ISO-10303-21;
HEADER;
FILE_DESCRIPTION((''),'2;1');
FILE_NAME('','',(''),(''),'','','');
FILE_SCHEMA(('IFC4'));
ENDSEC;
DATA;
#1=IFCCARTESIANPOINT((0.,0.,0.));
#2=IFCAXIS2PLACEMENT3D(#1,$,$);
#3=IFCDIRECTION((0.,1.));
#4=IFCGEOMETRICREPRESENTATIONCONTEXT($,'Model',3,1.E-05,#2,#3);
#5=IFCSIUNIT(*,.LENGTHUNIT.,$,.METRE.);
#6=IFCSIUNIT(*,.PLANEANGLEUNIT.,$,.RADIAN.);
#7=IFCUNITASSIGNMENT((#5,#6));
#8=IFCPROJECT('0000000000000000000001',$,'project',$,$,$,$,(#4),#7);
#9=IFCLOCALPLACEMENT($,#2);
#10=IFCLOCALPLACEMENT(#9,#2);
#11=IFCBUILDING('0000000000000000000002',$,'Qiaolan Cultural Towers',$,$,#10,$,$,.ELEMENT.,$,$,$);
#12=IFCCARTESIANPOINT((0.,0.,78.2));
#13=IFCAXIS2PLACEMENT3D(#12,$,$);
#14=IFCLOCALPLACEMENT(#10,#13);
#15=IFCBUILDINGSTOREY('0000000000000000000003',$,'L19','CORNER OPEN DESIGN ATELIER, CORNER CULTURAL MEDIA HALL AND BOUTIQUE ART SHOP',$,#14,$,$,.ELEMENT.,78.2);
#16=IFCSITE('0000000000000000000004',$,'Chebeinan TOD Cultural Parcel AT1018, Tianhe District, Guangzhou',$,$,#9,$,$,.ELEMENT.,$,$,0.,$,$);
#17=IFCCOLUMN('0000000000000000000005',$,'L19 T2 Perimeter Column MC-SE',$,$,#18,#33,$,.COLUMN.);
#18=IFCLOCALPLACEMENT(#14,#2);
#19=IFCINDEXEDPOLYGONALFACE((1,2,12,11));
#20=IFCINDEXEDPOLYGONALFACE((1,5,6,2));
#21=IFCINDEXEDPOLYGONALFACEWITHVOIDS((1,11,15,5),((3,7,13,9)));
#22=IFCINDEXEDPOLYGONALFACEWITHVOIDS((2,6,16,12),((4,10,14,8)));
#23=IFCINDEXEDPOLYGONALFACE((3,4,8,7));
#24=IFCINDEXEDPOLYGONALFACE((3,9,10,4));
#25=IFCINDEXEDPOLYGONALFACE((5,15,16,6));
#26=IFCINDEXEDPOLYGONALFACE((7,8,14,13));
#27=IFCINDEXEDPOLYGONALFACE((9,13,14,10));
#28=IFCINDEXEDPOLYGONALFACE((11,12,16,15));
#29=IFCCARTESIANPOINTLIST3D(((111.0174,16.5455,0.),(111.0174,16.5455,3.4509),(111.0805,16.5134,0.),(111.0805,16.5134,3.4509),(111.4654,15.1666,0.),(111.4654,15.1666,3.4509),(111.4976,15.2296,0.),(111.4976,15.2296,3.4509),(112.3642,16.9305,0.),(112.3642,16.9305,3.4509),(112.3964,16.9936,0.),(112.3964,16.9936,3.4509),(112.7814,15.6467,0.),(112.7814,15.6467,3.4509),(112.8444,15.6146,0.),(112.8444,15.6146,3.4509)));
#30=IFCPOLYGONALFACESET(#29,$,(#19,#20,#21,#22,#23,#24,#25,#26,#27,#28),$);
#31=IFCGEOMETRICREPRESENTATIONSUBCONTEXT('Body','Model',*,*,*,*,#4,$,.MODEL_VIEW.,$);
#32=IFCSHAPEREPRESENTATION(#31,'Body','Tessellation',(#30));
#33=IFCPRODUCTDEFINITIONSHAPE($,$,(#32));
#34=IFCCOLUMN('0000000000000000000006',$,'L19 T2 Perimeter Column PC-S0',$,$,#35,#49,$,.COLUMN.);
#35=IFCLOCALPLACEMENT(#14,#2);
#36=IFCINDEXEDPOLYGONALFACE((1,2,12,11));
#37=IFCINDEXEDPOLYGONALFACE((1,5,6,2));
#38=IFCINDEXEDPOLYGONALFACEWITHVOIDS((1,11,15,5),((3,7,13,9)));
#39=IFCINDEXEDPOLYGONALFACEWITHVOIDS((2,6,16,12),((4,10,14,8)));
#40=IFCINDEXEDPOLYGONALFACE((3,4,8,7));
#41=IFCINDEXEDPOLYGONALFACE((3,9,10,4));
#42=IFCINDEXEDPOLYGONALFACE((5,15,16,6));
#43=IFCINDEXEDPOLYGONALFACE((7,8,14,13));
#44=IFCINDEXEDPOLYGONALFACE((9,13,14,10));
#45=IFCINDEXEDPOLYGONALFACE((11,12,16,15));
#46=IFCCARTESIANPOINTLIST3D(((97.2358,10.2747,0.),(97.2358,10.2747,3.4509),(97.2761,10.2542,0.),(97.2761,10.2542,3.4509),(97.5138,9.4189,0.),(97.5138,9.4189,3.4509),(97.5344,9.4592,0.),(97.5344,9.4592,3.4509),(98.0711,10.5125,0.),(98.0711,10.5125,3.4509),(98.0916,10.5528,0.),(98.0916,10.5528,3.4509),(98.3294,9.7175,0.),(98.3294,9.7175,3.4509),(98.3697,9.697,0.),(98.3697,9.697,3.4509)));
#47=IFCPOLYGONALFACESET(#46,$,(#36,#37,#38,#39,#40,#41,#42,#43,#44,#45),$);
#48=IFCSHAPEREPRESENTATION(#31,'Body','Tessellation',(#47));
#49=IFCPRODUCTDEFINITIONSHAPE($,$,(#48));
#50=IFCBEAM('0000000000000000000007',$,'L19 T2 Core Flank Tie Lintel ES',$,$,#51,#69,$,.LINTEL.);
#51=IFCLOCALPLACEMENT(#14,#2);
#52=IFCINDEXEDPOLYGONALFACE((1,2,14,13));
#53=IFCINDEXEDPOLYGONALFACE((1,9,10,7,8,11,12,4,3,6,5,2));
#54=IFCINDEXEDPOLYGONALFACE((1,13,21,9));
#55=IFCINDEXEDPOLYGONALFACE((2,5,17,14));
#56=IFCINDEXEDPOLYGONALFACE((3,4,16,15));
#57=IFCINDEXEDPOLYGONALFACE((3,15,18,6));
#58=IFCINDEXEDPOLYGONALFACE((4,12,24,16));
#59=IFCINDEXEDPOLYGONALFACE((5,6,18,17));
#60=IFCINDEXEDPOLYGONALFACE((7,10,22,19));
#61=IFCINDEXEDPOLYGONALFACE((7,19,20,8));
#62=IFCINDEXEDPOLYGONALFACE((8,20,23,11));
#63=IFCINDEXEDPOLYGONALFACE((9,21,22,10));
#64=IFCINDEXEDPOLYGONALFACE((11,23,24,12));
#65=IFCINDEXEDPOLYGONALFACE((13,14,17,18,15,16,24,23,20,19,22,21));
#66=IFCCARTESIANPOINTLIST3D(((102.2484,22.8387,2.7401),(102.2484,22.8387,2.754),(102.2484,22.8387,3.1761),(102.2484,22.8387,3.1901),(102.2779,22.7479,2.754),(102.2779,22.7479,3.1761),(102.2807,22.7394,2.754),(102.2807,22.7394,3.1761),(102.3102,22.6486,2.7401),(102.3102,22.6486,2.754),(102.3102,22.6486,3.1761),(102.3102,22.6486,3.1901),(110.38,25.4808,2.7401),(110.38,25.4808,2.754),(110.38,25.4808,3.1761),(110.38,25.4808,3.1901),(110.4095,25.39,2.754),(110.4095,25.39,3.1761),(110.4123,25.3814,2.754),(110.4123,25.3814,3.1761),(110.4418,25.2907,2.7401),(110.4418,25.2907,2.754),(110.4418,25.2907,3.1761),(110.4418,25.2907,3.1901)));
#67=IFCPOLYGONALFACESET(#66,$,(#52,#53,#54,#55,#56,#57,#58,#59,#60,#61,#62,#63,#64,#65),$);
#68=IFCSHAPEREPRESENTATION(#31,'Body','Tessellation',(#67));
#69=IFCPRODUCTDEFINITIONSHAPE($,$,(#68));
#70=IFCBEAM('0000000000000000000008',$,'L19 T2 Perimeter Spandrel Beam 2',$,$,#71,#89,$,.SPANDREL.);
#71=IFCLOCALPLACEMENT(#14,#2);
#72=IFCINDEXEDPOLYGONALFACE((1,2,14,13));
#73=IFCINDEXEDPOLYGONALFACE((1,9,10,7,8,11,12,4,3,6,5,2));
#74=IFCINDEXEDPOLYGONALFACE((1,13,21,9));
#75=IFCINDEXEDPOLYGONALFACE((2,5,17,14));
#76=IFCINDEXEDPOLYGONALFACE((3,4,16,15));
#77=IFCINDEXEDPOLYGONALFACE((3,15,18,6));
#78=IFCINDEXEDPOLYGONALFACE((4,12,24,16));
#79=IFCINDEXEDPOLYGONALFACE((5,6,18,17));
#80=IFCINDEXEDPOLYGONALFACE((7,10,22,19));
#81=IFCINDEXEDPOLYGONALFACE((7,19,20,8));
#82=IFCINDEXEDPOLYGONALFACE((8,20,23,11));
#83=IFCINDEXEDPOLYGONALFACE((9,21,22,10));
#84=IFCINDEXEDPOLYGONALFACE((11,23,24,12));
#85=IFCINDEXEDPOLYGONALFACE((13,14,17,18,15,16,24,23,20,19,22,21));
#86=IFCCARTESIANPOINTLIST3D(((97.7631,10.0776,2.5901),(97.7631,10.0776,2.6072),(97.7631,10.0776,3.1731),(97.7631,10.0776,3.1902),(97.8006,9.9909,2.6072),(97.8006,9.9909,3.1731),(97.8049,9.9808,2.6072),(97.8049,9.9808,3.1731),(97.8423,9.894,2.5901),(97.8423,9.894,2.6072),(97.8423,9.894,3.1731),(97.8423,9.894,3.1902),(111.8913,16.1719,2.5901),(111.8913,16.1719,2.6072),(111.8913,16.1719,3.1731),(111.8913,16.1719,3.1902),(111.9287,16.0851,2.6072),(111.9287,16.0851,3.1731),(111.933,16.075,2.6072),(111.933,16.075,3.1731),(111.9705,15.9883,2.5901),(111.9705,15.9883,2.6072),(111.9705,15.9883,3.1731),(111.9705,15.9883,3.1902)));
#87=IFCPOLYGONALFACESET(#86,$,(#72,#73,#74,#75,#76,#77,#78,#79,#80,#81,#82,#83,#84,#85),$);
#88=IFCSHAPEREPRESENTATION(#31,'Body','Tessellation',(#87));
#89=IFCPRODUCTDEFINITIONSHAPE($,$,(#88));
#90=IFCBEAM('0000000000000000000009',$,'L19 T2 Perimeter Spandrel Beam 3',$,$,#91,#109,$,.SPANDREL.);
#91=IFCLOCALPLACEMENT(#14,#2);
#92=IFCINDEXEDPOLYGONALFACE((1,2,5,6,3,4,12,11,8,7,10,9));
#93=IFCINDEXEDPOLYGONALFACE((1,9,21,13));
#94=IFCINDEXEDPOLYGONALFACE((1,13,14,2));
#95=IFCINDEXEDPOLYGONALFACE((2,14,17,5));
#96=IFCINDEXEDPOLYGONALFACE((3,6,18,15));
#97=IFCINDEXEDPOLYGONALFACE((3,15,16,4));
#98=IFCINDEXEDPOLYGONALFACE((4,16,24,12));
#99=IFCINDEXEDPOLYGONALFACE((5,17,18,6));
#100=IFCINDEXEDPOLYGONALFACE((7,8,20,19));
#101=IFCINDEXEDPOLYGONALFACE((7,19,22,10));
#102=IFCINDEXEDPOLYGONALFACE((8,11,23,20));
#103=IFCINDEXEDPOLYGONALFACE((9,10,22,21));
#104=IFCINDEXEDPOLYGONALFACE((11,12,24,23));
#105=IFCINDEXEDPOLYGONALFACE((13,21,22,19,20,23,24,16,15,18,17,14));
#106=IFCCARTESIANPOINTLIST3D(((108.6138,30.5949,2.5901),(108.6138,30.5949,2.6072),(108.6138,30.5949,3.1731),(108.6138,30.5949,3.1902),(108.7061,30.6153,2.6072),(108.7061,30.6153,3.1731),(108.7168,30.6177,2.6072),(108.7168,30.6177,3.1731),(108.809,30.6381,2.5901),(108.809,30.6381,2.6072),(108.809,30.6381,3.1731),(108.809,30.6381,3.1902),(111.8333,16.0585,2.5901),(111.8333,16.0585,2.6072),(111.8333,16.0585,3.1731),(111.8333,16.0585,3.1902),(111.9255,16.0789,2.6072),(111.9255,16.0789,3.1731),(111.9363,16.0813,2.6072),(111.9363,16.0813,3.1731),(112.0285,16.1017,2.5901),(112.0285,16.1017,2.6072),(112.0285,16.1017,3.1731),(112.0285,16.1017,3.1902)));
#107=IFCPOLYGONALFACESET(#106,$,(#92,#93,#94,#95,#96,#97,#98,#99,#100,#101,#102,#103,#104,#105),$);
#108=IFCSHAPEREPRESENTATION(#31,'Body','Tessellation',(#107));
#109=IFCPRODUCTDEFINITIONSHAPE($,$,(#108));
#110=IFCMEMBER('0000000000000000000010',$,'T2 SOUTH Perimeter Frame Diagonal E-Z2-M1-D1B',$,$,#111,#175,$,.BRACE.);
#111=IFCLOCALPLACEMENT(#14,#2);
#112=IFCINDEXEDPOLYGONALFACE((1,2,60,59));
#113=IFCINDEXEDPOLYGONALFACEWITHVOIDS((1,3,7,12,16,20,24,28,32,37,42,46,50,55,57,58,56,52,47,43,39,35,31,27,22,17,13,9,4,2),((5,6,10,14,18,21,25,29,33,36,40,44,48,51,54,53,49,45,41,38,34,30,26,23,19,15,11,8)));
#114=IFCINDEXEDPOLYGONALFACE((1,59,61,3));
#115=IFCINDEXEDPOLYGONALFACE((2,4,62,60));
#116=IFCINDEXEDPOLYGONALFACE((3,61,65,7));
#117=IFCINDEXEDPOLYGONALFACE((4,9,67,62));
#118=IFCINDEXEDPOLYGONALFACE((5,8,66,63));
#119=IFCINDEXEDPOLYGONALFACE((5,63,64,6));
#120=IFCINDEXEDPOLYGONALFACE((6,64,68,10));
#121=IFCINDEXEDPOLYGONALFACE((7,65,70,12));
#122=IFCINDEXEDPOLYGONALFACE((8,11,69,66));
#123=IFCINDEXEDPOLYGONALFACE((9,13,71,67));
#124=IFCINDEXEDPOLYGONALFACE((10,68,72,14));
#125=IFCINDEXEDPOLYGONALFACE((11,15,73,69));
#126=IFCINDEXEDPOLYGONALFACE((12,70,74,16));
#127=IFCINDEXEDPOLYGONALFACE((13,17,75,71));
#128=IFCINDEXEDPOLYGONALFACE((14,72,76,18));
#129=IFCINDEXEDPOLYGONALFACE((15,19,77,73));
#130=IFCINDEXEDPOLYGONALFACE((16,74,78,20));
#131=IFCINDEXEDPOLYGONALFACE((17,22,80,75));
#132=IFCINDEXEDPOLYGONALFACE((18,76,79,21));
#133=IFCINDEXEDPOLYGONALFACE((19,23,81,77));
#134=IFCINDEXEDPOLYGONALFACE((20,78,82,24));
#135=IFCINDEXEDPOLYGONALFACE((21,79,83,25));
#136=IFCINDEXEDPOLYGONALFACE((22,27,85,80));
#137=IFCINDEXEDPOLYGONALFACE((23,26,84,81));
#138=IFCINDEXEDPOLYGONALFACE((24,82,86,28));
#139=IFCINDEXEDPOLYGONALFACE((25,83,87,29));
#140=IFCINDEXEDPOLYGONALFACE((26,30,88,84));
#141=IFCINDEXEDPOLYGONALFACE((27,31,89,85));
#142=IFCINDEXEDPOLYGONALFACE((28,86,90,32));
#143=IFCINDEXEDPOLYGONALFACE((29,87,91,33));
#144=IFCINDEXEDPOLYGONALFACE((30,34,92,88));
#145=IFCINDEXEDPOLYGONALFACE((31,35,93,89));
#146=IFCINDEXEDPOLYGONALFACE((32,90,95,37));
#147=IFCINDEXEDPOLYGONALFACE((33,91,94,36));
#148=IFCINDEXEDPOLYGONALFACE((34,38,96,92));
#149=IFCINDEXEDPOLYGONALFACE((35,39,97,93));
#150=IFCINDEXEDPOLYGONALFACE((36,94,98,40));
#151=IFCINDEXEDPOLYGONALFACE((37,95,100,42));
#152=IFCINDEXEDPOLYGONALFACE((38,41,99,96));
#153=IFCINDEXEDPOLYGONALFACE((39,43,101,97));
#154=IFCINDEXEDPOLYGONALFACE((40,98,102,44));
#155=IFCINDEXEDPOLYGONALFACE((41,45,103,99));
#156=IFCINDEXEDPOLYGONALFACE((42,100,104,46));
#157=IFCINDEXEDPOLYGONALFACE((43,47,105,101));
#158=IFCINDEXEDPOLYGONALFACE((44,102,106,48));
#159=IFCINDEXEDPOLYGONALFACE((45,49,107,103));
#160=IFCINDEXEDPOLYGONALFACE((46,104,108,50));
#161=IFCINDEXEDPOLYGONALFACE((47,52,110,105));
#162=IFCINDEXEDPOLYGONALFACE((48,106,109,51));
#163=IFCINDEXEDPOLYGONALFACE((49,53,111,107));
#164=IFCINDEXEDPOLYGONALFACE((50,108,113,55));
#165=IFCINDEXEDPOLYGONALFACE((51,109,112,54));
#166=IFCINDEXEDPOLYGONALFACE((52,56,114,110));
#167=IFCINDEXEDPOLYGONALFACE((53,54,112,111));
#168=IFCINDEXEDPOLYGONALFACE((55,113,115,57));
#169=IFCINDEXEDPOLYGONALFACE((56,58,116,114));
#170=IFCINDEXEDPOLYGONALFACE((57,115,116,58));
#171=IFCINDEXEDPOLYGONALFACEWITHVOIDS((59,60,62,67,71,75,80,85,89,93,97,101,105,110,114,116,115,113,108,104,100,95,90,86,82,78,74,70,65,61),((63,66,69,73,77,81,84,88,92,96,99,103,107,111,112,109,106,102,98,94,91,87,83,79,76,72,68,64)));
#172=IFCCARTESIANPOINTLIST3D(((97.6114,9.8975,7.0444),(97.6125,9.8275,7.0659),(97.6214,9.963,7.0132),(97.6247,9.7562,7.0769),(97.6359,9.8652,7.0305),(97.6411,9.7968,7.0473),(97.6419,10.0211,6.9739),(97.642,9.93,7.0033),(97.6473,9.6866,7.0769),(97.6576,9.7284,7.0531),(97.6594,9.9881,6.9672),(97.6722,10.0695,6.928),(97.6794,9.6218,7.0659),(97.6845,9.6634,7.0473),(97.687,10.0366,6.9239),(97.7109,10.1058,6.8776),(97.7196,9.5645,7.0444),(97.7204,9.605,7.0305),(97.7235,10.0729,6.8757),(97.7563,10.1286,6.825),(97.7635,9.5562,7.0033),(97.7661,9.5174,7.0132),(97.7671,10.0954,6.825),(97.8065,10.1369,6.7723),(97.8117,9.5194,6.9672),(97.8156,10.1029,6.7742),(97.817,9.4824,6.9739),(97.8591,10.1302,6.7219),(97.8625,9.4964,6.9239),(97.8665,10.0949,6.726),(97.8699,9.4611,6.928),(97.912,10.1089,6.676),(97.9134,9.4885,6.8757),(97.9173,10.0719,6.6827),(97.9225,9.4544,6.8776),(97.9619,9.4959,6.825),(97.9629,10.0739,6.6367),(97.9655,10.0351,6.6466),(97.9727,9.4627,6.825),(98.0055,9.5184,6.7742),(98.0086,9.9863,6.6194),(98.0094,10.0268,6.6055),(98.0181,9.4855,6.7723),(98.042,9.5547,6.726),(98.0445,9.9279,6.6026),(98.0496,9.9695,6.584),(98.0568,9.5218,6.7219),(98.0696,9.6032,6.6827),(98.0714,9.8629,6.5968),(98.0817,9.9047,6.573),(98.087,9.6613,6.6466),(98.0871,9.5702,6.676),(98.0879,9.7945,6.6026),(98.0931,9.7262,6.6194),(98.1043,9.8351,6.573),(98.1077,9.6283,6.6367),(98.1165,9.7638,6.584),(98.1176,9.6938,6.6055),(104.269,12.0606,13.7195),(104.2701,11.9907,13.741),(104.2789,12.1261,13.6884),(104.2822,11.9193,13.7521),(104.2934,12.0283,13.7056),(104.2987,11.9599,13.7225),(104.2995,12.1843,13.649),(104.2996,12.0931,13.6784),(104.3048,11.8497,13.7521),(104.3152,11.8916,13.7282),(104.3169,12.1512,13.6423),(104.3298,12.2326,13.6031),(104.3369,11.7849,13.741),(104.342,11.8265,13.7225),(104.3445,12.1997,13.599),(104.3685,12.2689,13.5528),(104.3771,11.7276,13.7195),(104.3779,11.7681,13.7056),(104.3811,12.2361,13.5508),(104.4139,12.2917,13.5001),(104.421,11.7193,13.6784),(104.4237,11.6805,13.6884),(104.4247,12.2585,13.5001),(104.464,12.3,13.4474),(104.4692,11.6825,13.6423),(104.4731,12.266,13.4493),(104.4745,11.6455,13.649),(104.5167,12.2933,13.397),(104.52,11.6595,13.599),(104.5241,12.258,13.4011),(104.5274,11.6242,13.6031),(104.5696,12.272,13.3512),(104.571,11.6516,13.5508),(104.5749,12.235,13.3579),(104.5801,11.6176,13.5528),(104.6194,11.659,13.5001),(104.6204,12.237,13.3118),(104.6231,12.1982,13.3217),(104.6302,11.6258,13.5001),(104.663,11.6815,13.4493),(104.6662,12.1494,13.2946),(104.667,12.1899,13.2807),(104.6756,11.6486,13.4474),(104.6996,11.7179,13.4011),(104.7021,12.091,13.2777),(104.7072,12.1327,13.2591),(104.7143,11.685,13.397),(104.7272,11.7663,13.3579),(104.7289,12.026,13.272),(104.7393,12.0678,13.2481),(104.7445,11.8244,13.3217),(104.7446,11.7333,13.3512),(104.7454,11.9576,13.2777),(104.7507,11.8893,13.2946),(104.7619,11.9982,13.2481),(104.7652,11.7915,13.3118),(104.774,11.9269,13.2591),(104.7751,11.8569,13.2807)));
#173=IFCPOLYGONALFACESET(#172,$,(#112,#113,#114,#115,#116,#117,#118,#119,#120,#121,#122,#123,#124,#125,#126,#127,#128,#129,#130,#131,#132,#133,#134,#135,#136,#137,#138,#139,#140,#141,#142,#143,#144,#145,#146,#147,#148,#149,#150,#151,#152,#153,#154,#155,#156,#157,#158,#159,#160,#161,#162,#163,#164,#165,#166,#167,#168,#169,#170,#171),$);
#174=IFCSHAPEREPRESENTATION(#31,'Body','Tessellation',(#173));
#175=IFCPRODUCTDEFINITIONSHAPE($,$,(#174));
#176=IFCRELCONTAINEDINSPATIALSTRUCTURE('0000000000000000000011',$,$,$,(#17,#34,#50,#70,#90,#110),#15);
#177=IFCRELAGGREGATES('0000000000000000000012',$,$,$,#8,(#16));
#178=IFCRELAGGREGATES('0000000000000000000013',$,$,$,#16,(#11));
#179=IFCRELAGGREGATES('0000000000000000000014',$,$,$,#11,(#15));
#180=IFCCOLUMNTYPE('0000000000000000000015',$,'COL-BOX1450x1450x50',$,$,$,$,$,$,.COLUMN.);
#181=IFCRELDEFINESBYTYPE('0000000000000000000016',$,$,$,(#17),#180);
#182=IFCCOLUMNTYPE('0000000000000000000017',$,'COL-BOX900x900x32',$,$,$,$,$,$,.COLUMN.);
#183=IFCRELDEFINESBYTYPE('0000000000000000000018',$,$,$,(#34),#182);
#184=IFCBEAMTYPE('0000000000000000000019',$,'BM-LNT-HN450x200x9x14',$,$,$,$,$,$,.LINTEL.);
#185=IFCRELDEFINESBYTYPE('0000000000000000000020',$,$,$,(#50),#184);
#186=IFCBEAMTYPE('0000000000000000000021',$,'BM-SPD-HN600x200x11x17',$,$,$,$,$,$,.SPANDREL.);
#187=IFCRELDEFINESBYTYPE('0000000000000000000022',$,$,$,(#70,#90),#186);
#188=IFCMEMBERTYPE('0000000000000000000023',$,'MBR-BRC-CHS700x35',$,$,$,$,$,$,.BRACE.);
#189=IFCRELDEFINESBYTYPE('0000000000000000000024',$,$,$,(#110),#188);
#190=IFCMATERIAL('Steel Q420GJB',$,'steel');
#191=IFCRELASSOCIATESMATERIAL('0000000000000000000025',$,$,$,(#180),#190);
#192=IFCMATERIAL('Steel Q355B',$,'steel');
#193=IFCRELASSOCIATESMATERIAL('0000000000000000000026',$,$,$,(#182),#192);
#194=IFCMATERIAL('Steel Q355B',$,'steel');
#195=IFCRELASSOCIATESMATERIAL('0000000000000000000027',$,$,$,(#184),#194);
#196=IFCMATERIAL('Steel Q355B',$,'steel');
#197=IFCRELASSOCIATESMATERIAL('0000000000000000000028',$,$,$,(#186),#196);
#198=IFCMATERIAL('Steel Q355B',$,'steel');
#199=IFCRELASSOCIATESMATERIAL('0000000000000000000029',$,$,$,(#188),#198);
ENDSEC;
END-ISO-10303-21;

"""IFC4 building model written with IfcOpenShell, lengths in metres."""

from ifc_helpers import new_model, si_unit, direction, frame, origin, origin_2d, place, context, subcontext, project, spatial, hollow_rectangle, hollow_circle, i_section, extrude, material, material_profile, profile_set, type_object, element, save


model = new_model("IFC4")

# Units and contexts
model_context = context("Model", 3, precision=1e-05, world=origin(), true_north=direction((0.0, 1.0)))
body_context = subcontext(model_context, "Body", "Model", "MODEL_VIEW")
ifc_project = project(units=[si_unit("LENGTHUNIT", "METRE"), si_unit("PLANEANGLEUNIT", "RADIAN")], contexts=[model_context])

# Site, building, storey
site_placement = place(None, origin())
site = spatial("IfcSite", under=ifc_project, at=site_placement, Name="Chebeinan TOD Cultural Parcel AT1018, Tianhe District, Guangzhou", CompositionType="ELEMENT", RefElevation=0.0)
building_placement = place(site_placement, origin())
building = spatial("IfcBuilding", under=site, at=building_placement, Name="Qiaolan Cultural Towers", CompositionType="ELEMENT")
storey_placement = place(building_placement, frame((0.0, 0.0, 78.2)))
storey = spatial("IfcBuildingStorey", under=building, at=storey_placement, Name="L19", Description="CORNER OPEN DESIGN ATELIER, CORNER CULTURAL MEDIA HALL AND BOUTIQUE ART SHOP", CompositionType="ELEMENT", Elevation=78.2)

# Columns
ifc_material_1 = material(Name="Steel Q420GJB", Category="steel")
ifc_material_profile_1 = material_profile(ifc_material_1, hollow_rectangle(XDim=1.45, YDim=1.45, WallThickness=0.05, at=origin_2d()), Name="BOX1450x1450x50")
ifc_profile_set_1 = profile_set([ifc_material_profile_1], Name="Steel Q420GJB")
column_type_1 = type_object("IfcColumnType", Name="COL-BOX1450x1450x50", PredefinedType="COLUMN", material=ifc_profile_set_1)
column_1_placement = place(storey_placement, frame((111.9309, 16.0801, 0.0), z_axis=(0.0, 0.0, 1.0), x_axis=(0.951057, 0.309017, 0.0)))
element("IfcColumn", 1, at=column_1_placement, inside=storey, type_object=column_type_1, Name="L19 T2 Perimeter Column MC-SE", PredefinedType="COLUMN", context=body_context, shape_type="SweptSolid", body=[
    extrude(hollow_rectangle(XDim=1.45, YDim=1.45, WallThickness=0.05, at=origin_2d()), origin(), (0.0, 0.0, 1.0), 3.4509),
])
ifc_material_2 = material(Name="Steel Q355B", Category="steel")
ifc_material_profile_2 = material_profile(ifc_material_2, hollow_rectangle(XDim=0.8999, YDim=0.8999, WallThickness=0.032, at=origin_2d()), Name="BOX900x900x32")
ifc_profile_set_2 = profile_set([ifc_material_profile_2], Name="Steel Q355B")
column_type_2 = type_object("IfcColumnType", Name="COL-BOX900x900x32", PredefinedType="COLUMN", material=ifc_profile_set_2)
column_2_placement = place(storey_placement, frame((97.8027, 9.9858, 0.0), z_axis=(0.0, 0.0, 1.0), x_axis=(0.951057, 0.309017, 0.0)))
element("IfcColumn", 2, at=column_2_placement, inside=storey, type_object=column_type_2, Name="L19 T2 Perimeter Column PC-S0", PredefinedType="COLUMN", context=body_context, shape_type="SweptSolid", body=[
    extrude(hollow_rectangle(XDim=0.8999, YDim=0.8999, WallThickness=0.032, at=origin_2d()), origin(), (0.0, 0.0, 1.0), 3.4509),
])

# Beams
ifc_material_3 = material(Name="Steel Q355B", Category="steel")
ifc_material_profile_3 = material_profile(ifc_material_3, i_section(OverallWidth=0.2, OverallDepth=0.45, WebThickness=0.009, FlangeThickness=0.0139, at=origin_2d()), Name="HN450x200x9x14")
ifc_profile_set_3 = profile_set([ifc_material_profile_3], Name="Steel Q355B")
beam_type_1 = type_object("IfcBeamType", Name="BM-LNT-HN450x200x9x14", PredefinedType="LINTEL", material=ifc_profile_set_3)
beam_1_placement = place(storey_placement, frame((102.2793, 22.7437, 2.9651), z_axis=(0.951057, 0.309014, 0.0), x_axis=(-0.309014, 0.951057, 0.0)))
element("IfcBeam", 3, at=beam_1_placement, inside=storey, type_object=beam_type_1, Name="L19 T2 Core Flank Tie Lintel ES", PredefinedType="LINTEL", context=body_context, shape_type="SweptSolid", body=[
    extrude(i_section(OverallWidth=0.2, OverallDepth=0.45, WebThickness=0.009, FlangeThickness=0.0139, at=origin_2d()), origin(), (0.0, 0.0, 1.0), 8.55),
])
ifc_material_4 = material(Name="Steel Q355B", Category="steel")
ifc_material_profile_4 = material_profile(ifc_material_4, i_section(OverallWidth=0.2, OverallDepth=0.6001, WebThickness=0.011, FlangeThickness=0.0171, at=origin_2d()), Name="HN600x200x11x17")
ifc_profile_set_4 = profile_set([ifc_material_profile_4], Name="Steel Q355B")
beam_type_2 = type_object("IfcBeamType", Name="BM-SPD-HN600x200x11x17", PredefinedType="SPANDREL", material=ifc_profile_set_4)
beam_2_placement = place(storey_placement, frame((97.8027, 9.9858, 2.8901), z_axis=(0.918218, 0.396076, 0.0), x_axis=(-0.396076, 0.918218, 0.0)))
element("IfcBeam", 4, at=beam_2_placement, inside=storey, type_object=beam_type_2, Name="L19 T2 Perimeter Spandrel Beam 2", PredefinedType="SPANDREL", context=body_context, shape_type="SweptSolid", body=[
    extrude(i_section(OverallWidth=0.2, OverallDepth=0.6001, WebThickness=0.011, FlangeThickness=0.0171, at=origin_2d()), origin(), (0.0, 0.0, 1.0), 15.3865),
])
beam_3_placement = place(storey_placement, frame((111.9309, 16.0801, 2.8901), z_axis=(-0.216238, 0.976341, 0.0), x_axis=(-0.976341, -0.216238, 0.0)))
element("IfcBeam", 5, at=beam_3_placement, inside=storey, type_object=beam_type_2, Name="L19 T2 Perimeter Spandrel Beam 3", PredefinedType="SPANDREL", context=body_context, shape_type="SweptSolid", body=[
    extrude(i_section(OverallWidth=0.2, OverallDepth=0.6001, WebThickness=0.011, FlangeThickness=0.0171, at=origin_2d()), origin(), (0.0, 0.0, 1.0), 14.8887),
])

# Member
ifc_material_5 = material(Name="Steel Q355B", Category="steel")
ifc_material_profile_5 = material_profile(ifc_material_5, hollow_circle(Radius=0.3501, WallThickness=0.0349, at=origin_2d()), Name="CHS700x35")
ifc_profile_set_5 = profile_set([ifc_material_profile_5], Name="Steel Q355B")
member_type = type_object("IfcMemberType", Name="MBR-BRC-CHS700x35", PredefinedType="BRACE", material=ifc_profile_set_5)
member_1_placement = place(storey_placement, frame((97.8645, 9.7957, 6.825), z_axis=(0.688289, 0.223633, 0.690106), x_axis=(-0.30901, 0.951059, 0.0)))
element("IfcMember", 6, at=member_1_placement, inside=storey, type_object=member_type, Name="T2 SOUTH Perimeter Frame Diagonal E-Z2-M1-D1B", PredefinedType="BRACE", context=body_context, shape_type="SweptSolid", body=[
    extrude(hollow_circle(Radius=0.3501, WallThickness=0.0349, at=origin_2d()), origin(), (0.0, 0.0, 1.0), 9.6726),
])

save(model, "model.ifc")
